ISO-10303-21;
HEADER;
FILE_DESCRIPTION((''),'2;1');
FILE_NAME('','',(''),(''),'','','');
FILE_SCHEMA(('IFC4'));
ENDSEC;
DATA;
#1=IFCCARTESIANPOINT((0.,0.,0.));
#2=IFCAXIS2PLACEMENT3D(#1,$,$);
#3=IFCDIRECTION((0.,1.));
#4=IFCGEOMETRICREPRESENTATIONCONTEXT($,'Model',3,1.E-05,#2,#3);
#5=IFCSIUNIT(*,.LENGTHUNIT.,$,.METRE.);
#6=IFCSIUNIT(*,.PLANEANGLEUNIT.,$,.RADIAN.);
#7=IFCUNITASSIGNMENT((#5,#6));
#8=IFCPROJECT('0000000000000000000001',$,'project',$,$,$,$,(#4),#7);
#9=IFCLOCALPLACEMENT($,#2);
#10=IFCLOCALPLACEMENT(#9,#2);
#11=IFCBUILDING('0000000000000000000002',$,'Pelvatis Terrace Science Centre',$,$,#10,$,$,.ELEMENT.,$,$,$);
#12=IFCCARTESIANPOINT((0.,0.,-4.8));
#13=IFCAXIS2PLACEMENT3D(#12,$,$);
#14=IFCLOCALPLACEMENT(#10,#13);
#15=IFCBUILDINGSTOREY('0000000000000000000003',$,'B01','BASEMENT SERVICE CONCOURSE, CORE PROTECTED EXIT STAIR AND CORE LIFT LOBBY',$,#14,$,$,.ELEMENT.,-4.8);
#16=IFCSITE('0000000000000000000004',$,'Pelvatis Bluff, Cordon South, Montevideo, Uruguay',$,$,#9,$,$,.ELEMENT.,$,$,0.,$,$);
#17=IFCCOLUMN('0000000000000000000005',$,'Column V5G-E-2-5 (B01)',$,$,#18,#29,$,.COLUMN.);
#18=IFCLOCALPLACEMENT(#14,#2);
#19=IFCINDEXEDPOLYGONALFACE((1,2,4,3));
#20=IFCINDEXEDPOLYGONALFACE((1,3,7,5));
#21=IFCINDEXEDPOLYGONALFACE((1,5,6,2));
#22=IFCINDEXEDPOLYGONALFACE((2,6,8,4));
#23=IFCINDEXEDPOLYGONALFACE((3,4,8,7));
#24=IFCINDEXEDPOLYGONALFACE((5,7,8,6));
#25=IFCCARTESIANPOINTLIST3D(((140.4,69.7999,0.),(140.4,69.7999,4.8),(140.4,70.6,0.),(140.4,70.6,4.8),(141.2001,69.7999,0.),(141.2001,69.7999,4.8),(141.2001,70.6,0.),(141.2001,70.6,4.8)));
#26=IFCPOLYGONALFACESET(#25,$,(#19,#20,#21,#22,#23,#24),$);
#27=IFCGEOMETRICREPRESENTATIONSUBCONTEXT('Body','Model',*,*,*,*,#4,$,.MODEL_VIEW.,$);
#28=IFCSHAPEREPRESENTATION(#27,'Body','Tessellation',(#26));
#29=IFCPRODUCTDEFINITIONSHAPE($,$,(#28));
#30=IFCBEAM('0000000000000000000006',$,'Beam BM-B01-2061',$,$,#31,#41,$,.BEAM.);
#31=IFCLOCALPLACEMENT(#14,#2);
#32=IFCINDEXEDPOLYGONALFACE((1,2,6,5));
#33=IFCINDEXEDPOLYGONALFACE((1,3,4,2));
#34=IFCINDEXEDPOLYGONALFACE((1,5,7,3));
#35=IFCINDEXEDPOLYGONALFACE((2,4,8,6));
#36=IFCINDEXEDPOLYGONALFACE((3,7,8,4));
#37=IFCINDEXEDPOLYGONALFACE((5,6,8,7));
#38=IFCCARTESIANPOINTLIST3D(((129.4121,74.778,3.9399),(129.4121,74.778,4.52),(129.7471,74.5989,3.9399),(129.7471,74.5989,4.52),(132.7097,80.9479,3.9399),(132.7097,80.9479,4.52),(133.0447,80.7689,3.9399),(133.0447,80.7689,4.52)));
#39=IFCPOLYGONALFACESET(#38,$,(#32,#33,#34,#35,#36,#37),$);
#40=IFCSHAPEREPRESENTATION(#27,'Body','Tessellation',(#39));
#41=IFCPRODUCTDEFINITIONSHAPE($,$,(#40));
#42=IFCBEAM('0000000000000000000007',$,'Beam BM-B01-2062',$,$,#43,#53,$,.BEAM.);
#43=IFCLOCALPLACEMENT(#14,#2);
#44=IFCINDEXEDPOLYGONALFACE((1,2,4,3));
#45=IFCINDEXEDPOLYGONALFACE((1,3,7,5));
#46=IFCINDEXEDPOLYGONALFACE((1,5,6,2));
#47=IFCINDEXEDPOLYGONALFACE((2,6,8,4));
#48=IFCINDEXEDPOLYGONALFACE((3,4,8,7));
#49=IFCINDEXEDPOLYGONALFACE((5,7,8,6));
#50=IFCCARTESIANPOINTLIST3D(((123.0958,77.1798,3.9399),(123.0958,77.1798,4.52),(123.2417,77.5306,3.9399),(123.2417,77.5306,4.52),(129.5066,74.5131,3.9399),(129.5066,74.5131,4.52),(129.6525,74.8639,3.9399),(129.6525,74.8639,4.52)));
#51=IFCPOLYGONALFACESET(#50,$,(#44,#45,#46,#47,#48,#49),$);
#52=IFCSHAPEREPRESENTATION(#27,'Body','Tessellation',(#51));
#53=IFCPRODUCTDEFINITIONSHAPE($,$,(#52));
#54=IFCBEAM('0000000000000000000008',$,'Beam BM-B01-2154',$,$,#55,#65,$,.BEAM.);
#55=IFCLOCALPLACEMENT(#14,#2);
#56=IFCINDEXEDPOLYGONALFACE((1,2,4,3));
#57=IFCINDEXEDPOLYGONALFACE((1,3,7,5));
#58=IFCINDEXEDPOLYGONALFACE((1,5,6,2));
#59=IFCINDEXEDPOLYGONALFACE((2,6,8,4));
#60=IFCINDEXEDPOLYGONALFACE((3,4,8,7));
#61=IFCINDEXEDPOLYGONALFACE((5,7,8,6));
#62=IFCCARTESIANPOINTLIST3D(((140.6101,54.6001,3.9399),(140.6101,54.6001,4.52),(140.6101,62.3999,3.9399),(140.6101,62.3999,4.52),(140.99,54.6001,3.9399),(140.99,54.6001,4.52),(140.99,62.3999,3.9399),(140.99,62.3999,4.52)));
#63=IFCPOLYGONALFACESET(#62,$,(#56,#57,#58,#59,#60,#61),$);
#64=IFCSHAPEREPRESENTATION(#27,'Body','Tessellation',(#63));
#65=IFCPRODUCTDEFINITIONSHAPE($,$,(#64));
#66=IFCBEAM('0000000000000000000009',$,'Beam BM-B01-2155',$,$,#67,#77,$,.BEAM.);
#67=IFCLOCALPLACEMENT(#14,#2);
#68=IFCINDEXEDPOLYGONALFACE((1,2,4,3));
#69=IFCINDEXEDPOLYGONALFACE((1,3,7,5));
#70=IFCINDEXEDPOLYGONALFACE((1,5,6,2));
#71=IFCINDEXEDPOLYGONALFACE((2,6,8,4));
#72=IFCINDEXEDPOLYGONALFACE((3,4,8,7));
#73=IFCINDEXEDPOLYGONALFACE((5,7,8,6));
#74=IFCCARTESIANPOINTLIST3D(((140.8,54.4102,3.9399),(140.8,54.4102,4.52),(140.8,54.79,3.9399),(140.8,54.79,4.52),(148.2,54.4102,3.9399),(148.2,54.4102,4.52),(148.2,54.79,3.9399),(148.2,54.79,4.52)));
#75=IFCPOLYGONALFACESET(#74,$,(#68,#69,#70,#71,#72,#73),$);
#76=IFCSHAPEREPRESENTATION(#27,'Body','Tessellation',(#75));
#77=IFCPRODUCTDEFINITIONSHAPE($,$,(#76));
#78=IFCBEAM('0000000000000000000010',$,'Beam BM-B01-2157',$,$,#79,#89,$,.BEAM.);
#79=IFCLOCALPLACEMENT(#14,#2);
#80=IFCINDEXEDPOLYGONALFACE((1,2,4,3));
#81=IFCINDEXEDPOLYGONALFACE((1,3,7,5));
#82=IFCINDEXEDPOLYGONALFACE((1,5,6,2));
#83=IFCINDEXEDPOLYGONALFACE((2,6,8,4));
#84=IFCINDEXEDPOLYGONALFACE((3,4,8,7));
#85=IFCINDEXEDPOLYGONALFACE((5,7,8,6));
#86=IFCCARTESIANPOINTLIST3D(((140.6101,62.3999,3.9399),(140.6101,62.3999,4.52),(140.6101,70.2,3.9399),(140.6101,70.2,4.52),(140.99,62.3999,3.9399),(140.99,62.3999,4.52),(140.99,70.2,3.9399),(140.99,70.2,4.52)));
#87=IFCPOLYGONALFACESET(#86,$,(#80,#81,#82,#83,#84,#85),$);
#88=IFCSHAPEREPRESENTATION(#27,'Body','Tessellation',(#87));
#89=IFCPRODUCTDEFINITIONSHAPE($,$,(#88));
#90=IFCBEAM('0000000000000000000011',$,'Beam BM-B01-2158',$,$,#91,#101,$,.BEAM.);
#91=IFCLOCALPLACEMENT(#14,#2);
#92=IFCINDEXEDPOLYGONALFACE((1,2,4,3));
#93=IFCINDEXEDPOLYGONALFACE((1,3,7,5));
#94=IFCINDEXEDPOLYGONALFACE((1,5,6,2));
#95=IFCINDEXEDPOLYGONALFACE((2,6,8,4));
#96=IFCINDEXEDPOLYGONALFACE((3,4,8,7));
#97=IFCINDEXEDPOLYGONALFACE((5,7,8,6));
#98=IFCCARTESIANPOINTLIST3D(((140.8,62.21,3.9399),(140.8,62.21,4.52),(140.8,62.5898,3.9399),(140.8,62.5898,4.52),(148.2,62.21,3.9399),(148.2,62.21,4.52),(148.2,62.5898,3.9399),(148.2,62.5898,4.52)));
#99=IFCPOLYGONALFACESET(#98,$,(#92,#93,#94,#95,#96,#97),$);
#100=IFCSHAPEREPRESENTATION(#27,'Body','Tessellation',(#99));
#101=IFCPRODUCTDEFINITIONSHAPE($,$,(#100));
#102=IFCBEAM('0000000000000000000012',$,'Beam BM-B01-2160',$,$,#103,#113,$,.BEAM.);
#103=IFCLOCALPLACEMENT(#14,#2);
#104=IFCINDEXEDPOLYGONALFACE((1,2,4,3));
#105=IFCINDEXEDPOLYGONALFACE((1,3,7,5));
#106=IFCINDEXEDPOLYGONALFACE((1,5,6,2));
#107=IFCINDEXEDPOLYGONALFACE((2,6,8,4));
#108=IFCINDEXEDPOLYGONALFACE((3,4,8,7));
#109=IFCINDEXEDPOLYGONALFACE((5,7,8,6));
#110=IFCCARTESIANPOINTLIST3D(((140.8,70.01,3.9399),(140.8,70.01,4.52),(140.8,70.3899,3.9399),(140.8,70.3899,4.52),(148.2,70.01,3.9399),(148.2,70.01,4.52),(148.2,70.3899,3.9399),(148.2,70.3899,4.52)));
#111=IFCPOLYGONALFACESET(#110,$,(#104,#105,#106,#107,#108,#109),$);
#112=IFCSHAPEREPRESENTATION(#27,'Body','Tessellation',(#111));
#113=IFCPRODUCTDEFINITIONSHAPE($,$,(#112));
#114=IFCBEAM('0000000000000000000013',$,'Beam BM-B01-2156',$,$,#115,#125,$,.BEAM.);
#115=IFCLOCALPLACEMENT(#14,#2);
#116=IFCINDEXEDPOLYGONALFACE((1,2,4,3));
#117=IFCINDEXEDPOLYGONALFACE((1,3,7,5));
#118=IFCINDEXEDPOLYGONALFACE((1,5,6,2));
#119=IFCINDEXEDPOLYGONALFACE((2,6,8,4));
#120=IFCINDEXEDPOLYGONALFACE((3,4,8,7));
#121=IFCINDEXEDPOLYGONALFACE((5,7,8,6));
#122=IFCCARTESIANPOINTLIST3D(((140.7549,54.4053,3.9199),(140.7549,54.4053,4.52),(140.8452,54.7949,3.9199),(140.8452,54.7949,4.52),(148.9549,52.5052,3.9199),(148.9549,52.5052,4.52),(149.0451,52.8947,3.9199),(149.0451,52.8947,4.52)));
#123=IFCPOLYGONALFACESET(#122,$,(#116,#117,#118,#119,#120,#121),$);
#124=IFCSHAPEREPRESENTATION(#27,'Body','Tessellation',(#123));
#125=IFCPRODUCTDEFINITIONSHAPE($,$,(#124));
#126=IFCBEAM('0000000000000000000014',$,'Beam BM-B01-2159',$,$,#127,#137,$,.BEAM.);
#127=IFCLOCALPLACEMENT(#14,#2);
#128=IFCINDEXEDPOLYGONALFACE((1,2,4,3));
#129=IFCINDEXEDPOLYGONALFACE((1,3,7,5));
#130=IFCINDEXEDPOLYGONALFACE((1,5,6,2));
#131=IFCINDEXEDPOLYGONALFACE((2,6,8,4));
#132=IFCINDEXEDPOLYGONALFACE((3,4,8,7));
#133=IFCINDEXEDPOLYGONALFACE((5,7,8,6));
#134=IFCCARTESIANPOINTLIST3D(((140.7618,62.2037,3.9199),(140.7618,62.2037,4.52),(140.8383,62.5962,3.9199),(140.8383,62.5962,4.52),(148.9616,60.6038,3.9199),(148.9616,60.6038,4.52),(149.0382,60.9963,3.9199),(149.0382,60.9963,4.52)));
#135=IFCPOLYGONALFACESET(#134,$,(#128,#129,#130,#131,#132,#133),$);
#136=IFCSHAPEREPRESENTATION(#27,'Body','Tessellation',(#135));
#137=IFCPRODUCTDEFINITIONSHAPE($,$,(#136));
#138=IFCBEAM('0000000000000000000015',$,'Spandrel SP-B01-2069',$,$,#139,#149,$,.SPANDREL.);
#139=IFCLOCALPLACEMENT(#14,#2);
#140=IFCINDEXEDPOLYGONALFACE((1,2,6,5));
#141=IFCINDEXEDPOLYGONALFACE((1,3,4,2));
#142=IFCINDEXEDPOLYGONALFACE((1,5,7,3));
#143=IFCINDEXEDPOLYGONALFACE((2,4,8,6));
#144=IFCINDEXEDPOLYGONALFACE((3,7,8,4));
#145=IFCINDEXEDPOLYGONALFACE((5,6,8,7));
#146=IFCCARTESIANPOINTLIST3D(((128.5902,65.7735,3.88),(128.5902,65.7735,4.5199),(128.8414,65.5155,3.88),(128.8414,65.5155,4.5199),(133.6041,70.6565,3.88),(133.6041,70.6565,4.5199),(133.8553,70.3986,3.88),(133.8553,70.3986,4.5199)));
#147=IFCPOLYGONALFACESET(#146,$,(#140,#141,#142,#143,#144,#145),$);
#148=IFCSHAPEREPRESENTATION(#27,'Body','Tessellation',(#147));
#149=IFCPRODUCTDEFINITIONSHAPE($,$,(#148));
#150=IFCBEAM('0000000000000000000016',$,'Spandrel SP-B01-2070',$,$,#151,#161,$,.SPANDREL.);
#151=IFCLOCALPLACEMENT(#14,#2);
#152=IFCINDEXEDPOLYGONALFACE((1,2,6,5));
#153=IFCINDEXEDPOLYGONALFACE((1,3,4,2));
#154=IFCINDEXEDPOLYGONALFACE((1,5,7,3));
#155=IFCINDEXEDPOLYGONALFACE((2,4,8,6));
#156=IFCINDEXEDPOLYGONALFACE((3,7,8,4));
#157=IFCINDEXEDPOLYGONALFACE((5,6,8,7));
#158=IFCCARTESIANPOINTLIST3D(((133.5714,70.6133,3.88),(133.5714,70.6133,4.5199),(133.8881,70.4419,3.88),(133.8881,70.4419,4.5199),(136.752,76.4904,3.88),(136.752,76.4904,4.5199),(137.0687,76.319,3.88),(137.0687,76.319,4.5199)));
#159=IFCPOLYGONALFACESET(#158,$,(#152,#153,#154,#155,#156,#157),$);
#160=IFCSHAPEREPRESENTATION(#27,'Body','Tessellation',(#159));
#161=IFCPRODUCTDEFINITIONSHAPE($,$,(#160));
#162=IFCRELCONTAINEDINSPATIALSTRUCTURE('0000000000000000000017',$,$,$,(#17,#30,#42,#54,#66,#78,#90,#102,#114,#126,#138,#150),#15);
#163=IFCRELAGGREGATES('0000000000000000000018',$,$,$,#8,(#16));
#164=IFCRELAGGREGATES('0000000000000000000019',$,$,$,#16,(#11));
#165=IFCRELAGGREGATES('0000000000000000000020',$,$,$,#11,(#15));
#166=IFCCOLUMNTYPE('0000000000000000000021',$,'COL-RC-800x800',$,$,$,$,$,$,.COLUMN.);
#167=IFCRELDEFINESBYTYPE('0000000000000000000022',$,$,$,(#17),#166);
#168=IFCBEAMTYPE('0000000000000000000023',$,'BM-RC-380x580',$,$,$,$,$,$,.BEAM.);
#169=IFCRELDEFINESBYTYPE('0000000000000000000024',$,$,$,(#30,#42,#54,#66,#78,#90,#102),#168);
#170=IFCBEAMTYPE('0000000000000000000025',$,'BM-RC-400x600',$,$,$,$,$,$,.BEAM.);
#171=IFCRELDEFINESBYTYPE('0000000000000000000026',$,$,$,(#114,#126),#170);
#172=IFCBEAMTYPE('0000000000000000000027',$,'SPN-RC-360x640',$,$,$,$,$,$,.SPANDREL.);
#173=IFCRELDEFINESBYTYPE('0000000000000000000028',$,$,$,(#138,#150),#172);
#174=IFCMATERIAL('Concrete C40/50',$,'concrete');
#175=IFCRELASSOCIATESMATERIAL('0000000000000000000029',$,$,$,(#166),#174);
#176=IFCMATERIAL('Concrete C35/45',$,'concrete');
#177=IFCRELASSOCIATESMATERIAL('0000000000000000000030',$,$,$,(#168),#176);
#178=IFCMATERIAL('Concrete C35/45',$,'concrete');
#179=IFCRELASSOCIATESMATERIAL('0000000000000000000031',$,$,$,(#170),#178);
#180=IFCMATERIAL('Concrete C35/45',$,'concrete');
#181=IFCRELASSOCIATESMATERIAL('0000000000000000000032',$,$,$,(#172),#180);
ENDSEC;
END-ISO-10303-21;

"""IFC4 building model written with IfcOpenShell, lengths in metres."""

from ifc_helpers import new_model, si_unit, direction, frame, origin, origin_2d, place, context, subcontext, project, spatial, rectangle, extrude, material, material_profile, profile_set, type_object, element, save


model = new_model("IFC4")

# Units and contexts
model_context = context("Model", 3, precision=1e-05, world=origin(), true_north=direction((0.0, 1.0)))
body_context = subcontext(model_context, "Body", "Model", "MODEL_VIEW")
ifc_project = project(units=[si_unit("LENGTHUNIT", "METRE"), si_unit("PLANEANGLEUNIT", "RADIAN")], contexts=[model_context])

# Site, building, storey
site_placement = place(None, origin())
site = spatial("IfcSite", under=ifc_project, at=site_placement, Name="Pelvatis Bluff, Cordon South, Montevideo, Uruguay", CompositionType="ELEMENT", RefElevation=0.0)
building_placement = place(site_placement, origin())
building = spatial("IfcBuilding", under=site, at=building_placement, Name="Pelvatis Terrace Science Centre", CompositionType="ELEMENT")
storey_placement = place(building_placement, frame((0.0, 0.0, -4.8)))
storey = spatial("IfcBuildingStorey", under=building, at=storey_placement, Name="B01", Description="BASEMENT SERVICE CONCOURSE, CORE PROTECTED EXIT STAIR AND CORE LIFT LOBBY", CompositionType="ELEMENT", Elevation=-4.8)

# Column
ifc_material_1 = material(Name="Concrete C40/50", Category="concrete")
ifc_material_profile_1 = material_profile(ifc_material_1, rectangle(XDim=0.8, YDim=0.8, at=origin_2d()), Name="RC-COL 800x800")
ifc_profile_set_1 = profile_set([ifc_material_profile_1], Name="Concrete C40/50")
column_type_1 = type_object("IfcColumnType", Name="COL-RC-800x800", PredefinedType="COLUMN", material=ifc_profile_set_1)
for number, where, z_axis, x_axis, name in (
    (1, (140.8, 70.2, 0.0), (0.0, 0.0, 1.0), (1.0, 0.0, 0.0), "Column V5G-E-2-5 (B01)"),
):
    element("IfcColumn", number, at=place(storey_placement, frame(where, z_axis=z_axis, x_axis=x_axis)), inside=storey, type_object=column_type_1, Name=name, PredefinedType="COLUMN", context=body_context, shape_type="SweptSolid", body=[
        extrude(rectangle(XDim=0.8, YDim=0.8, at=origin_2d()), origin(), (0.0, 0.0, 1.0), 4.8),
    ])

# Beams
ifc_material_2 = material(Name="Concrete C35/45", Category="concrete")
ifc_material_profile_2 = material_profile(ifc_material_2, rectangle(XDim=0.3799, YDim=0.5801, at=origin_2d()), Name="RC-BM 380x580")
ifc_profile_set_2 = profile_set([ifc_material_profile_2], Name="Concrete C35/45")
beam_type_1 = type_object("IfcBeamType", Name="BM-RC-380x580", PredefinedType="BEAM", material=ifc_profile_set_2)
beam_1_placement = place(storey_placement, frame((129.5796, 74.6885, 4.23), z_axis=(0.471365, 0.881938, 0.0), x_axis=(-0.881938, 0.471365, 0.0)))
element("IfcBeam", 2, at=beam_1_placement, inside=storey, type_object=beam_type_1, Name="Beam BM-B01-2061", PredefinedType="BEAM", context=body_context, shape_type="SweptSolid", body=[
    extrude(rectangle(XDim=0.3799, YDim=0.5801, at=origin_2d()), origin(), (0.0, 0.0, 1.0), 6.9958),
])
beam_2_placement = place(storey_placement, frame((129.5796, 74.6885, 4.23), z_axis=(-0.923305, 0.384069, 0.0), x_axis=(-0.384069, -0.923305, 0.0)))
element("IfcBeam", 3, at=beam_2_placement, inside=storey, type_object=beam_type_1, Name="Beam BM-B01-2062", PredefinedType="BEAM", context=body_context, shape_type="SweptSolid", body=[
    extrude(rectangle(XDim=0.3799, YDim=0.5801, at=origin_2d()), origin(), (0.0, 0.0, 1.0), 6.9434),
])
beam_3_placement = place(storey_placement, frame((140.8, 54.6001, 4.23), z_axis=(0.0, 1.0, 0.0), x_axis=(-1.0, 0.0, 0.0)))
element("IfcBeam", 4, at=beam_3_placement, inside=storey, type_object=beam_type_1, Name="Beam BM-B01-2154", PredefinedType="BEAM", context=body_context, shape_type="SweptSolid", body=[
    extrude(rectangle(XDim=0.3799, YDim=0.5801, at=origin_2d()), origin(), (0.0, 0.0, 1.0), 7.7998),
])
beam_4_placement = place(storey_placement, frame((140.8, 54.6001, 4.23), z_axis=(1.0, 0.0, 0.0), x_axis=(0.0, 1.0, 0.0)))
element("IfcBeam", 5, at=beam_4_placement, inside=storey, type_object=beam_type_1, Name="Beam BM-B01-2155", PredefinedType="BEAM", context=body_context, shape_type="SweptSolid", body=[
    extrude(rectangle(XDim=0.3799, YDim=0.5801, at=origin_2d()), origin(), (0.0, 0.0, 1.0), 7.3999),
])
beam_5_placement = place(storey_placement, frame((140.8, 62.3999, 4.23), z_axis=(0.0, 1.0, 0.0), x_axis=(-1.0, 0.0, 0.0)))
element("IfcBeam", 6, at=beam_5_placement, inside=storey, type_object=beam_type_1, Name="Beam BM-B01-2157", PredefinedType="BEAM", context=body_context, shape_type="SweptSolid", body=[
    extrude(rectangle(XDim=0.3799, YDim=0.5801, at=origin_2d()), origin(), (0.0, 0.0, 1.0), 7.8),
])
for number, where, z_axis, x_axis, name in (
    (7, (140.8, 62.3999, 4.23), (1.0, 0.0, 0.0), (0.0, 1.0, 0.0), "Beam BM-B01-2158"),
    (8, (140.8, 70.2, 4.23), (1.0, 0.0, 0.0), (0.0, 1.0, 0.0), "Beam BM-B01-2160"),
):
    element("IfcBeam", number, at=place(storey_placement, frame(where, z_axis=z_axis, x_axis=x_axis)), inside=storey, type_object=beam_type_1, Name=name, PredefinedType="BEAM", context=body_context, shape_type="SweptSolid", body=[
        extrude(rectangle(XDim=0.3799, YDim=0.5801, at=origin_2d()), origin(), (0.0, 0.0, 1.0), 7.3999),
    ])
ifc_material_3 = material(Name="Concrete C35/45", Category="concrete")
ifc_material_profile_3 = material_profile(ifc_material_3, rectangle(XDim=0.3999, YDim=0.6001, at=origin_2d()), Name="RC-BM 400x600")
ifc_profile_set_3 = profile_set([ifc_material_profile_3], Name="Concrete C35/45")
beam_type_2 = type_object("IfcBeamType", Name="BM-RC-400x600", PredefinedType="BEAM", material=ifc_profile_set_3)
beam_6_placement = place(storey_placement, frame((140.8, 54.6001, 4.22), z_axis=(0.974186, -0.225745, 0.0), x_axis=(0.225745, 0.974186, 0.0)))
element("IfcBeam", 9, at=beam_6_placement, inside=storey, type_object=beam_type_2, Name="Beam BM-B01-2156", PredefinedType="BEAM", context=body_context, shape_type="SweptSolid", body=[
    extrude(rectangle(XDim=0.3999, YDim=0.6001, at=origin_2d()), origin(), (0.0, 0.0, 1.0), 8.4172),
])
beam_7_placement = place(storey_placement, frame((140.8, 62.3999, 4.22), z_axis=(0.981494, -0.191495, 0.0), x_axis=(0.191495, 0.981494, 0.0)))
element("IfcBeam", 10, at=beam_7_placement, inside=storey, type_object=beam_type_2, Name="Beam BM-B01-2159", PredefinedType="BEAM", context=body_context, shape_type="SweptSolid", body=[
    extrude(rectangle(XDim=0.3999, YDim=0.6001, at=origin_2d()), origin(), (0.0, 0.0, 1.0), 8.3545),
])
ifc_material_4 = material(Name="Concrete C35/45", Category="concrete")
ifc_material_profile_4 = material_profile(ifc_material_4, rectangle(XDim=0.3601, YDim=0.6399, at=origin_2d()), Name="RC-SPN 360x640")
ifc_profile_set_4 = profile_set([ifc_material_profile_4], Name="Concrete C35/45")
beam_type_3 = type_object("IfcBeamType", Name="SPN-RC-360x640", PredefinedType="SPANDREL", material=ifc_profile_set_4)
beam_8_placement = place(storey_placement, frame((128.7158, 65.6445, 4.2), z_axis=(0.716394, 0.697696, 0.0), x_axis=(-0.697696, 0.716394, 0.0)))
element("IfcBeam", 11, at=beam_8_placement, inside=storey, type_object=beam_type_3, Name="Spandrel SP-B01-2069", PredefinedType="SPANDREL", context=body_context, shape_type="SweptSolid", body=[
    extrude(rectangle(XDim=0.3601, YDim=0.6399, at=origin_2d()), origin(), (0.0, 0.0, 1.0), 6.9988),
])
beam_9_placement = place(storey_placement, frame((133.7297, 70.5276, 4.2), z_axis=(0.475957, 0.879468, 0.0), x_axis=(-0.879468, 0.475957, 0.0)))
element("IfcBeam", 12, at=beam_9_placement, inside=storey, type_object=beam_type_3, Name="Spandrel SP-B01-2070", PredefinedType="SPANDREL", context=body_context, shape_type="SweptSolid", body=[
    extrude(rectangle(XDim=0.3601, YDim=0.6399, at=origin_2d()), origin(), (0.0, 0.0, 1.0), 6.6826),
])

save(model, "model.ifc")
